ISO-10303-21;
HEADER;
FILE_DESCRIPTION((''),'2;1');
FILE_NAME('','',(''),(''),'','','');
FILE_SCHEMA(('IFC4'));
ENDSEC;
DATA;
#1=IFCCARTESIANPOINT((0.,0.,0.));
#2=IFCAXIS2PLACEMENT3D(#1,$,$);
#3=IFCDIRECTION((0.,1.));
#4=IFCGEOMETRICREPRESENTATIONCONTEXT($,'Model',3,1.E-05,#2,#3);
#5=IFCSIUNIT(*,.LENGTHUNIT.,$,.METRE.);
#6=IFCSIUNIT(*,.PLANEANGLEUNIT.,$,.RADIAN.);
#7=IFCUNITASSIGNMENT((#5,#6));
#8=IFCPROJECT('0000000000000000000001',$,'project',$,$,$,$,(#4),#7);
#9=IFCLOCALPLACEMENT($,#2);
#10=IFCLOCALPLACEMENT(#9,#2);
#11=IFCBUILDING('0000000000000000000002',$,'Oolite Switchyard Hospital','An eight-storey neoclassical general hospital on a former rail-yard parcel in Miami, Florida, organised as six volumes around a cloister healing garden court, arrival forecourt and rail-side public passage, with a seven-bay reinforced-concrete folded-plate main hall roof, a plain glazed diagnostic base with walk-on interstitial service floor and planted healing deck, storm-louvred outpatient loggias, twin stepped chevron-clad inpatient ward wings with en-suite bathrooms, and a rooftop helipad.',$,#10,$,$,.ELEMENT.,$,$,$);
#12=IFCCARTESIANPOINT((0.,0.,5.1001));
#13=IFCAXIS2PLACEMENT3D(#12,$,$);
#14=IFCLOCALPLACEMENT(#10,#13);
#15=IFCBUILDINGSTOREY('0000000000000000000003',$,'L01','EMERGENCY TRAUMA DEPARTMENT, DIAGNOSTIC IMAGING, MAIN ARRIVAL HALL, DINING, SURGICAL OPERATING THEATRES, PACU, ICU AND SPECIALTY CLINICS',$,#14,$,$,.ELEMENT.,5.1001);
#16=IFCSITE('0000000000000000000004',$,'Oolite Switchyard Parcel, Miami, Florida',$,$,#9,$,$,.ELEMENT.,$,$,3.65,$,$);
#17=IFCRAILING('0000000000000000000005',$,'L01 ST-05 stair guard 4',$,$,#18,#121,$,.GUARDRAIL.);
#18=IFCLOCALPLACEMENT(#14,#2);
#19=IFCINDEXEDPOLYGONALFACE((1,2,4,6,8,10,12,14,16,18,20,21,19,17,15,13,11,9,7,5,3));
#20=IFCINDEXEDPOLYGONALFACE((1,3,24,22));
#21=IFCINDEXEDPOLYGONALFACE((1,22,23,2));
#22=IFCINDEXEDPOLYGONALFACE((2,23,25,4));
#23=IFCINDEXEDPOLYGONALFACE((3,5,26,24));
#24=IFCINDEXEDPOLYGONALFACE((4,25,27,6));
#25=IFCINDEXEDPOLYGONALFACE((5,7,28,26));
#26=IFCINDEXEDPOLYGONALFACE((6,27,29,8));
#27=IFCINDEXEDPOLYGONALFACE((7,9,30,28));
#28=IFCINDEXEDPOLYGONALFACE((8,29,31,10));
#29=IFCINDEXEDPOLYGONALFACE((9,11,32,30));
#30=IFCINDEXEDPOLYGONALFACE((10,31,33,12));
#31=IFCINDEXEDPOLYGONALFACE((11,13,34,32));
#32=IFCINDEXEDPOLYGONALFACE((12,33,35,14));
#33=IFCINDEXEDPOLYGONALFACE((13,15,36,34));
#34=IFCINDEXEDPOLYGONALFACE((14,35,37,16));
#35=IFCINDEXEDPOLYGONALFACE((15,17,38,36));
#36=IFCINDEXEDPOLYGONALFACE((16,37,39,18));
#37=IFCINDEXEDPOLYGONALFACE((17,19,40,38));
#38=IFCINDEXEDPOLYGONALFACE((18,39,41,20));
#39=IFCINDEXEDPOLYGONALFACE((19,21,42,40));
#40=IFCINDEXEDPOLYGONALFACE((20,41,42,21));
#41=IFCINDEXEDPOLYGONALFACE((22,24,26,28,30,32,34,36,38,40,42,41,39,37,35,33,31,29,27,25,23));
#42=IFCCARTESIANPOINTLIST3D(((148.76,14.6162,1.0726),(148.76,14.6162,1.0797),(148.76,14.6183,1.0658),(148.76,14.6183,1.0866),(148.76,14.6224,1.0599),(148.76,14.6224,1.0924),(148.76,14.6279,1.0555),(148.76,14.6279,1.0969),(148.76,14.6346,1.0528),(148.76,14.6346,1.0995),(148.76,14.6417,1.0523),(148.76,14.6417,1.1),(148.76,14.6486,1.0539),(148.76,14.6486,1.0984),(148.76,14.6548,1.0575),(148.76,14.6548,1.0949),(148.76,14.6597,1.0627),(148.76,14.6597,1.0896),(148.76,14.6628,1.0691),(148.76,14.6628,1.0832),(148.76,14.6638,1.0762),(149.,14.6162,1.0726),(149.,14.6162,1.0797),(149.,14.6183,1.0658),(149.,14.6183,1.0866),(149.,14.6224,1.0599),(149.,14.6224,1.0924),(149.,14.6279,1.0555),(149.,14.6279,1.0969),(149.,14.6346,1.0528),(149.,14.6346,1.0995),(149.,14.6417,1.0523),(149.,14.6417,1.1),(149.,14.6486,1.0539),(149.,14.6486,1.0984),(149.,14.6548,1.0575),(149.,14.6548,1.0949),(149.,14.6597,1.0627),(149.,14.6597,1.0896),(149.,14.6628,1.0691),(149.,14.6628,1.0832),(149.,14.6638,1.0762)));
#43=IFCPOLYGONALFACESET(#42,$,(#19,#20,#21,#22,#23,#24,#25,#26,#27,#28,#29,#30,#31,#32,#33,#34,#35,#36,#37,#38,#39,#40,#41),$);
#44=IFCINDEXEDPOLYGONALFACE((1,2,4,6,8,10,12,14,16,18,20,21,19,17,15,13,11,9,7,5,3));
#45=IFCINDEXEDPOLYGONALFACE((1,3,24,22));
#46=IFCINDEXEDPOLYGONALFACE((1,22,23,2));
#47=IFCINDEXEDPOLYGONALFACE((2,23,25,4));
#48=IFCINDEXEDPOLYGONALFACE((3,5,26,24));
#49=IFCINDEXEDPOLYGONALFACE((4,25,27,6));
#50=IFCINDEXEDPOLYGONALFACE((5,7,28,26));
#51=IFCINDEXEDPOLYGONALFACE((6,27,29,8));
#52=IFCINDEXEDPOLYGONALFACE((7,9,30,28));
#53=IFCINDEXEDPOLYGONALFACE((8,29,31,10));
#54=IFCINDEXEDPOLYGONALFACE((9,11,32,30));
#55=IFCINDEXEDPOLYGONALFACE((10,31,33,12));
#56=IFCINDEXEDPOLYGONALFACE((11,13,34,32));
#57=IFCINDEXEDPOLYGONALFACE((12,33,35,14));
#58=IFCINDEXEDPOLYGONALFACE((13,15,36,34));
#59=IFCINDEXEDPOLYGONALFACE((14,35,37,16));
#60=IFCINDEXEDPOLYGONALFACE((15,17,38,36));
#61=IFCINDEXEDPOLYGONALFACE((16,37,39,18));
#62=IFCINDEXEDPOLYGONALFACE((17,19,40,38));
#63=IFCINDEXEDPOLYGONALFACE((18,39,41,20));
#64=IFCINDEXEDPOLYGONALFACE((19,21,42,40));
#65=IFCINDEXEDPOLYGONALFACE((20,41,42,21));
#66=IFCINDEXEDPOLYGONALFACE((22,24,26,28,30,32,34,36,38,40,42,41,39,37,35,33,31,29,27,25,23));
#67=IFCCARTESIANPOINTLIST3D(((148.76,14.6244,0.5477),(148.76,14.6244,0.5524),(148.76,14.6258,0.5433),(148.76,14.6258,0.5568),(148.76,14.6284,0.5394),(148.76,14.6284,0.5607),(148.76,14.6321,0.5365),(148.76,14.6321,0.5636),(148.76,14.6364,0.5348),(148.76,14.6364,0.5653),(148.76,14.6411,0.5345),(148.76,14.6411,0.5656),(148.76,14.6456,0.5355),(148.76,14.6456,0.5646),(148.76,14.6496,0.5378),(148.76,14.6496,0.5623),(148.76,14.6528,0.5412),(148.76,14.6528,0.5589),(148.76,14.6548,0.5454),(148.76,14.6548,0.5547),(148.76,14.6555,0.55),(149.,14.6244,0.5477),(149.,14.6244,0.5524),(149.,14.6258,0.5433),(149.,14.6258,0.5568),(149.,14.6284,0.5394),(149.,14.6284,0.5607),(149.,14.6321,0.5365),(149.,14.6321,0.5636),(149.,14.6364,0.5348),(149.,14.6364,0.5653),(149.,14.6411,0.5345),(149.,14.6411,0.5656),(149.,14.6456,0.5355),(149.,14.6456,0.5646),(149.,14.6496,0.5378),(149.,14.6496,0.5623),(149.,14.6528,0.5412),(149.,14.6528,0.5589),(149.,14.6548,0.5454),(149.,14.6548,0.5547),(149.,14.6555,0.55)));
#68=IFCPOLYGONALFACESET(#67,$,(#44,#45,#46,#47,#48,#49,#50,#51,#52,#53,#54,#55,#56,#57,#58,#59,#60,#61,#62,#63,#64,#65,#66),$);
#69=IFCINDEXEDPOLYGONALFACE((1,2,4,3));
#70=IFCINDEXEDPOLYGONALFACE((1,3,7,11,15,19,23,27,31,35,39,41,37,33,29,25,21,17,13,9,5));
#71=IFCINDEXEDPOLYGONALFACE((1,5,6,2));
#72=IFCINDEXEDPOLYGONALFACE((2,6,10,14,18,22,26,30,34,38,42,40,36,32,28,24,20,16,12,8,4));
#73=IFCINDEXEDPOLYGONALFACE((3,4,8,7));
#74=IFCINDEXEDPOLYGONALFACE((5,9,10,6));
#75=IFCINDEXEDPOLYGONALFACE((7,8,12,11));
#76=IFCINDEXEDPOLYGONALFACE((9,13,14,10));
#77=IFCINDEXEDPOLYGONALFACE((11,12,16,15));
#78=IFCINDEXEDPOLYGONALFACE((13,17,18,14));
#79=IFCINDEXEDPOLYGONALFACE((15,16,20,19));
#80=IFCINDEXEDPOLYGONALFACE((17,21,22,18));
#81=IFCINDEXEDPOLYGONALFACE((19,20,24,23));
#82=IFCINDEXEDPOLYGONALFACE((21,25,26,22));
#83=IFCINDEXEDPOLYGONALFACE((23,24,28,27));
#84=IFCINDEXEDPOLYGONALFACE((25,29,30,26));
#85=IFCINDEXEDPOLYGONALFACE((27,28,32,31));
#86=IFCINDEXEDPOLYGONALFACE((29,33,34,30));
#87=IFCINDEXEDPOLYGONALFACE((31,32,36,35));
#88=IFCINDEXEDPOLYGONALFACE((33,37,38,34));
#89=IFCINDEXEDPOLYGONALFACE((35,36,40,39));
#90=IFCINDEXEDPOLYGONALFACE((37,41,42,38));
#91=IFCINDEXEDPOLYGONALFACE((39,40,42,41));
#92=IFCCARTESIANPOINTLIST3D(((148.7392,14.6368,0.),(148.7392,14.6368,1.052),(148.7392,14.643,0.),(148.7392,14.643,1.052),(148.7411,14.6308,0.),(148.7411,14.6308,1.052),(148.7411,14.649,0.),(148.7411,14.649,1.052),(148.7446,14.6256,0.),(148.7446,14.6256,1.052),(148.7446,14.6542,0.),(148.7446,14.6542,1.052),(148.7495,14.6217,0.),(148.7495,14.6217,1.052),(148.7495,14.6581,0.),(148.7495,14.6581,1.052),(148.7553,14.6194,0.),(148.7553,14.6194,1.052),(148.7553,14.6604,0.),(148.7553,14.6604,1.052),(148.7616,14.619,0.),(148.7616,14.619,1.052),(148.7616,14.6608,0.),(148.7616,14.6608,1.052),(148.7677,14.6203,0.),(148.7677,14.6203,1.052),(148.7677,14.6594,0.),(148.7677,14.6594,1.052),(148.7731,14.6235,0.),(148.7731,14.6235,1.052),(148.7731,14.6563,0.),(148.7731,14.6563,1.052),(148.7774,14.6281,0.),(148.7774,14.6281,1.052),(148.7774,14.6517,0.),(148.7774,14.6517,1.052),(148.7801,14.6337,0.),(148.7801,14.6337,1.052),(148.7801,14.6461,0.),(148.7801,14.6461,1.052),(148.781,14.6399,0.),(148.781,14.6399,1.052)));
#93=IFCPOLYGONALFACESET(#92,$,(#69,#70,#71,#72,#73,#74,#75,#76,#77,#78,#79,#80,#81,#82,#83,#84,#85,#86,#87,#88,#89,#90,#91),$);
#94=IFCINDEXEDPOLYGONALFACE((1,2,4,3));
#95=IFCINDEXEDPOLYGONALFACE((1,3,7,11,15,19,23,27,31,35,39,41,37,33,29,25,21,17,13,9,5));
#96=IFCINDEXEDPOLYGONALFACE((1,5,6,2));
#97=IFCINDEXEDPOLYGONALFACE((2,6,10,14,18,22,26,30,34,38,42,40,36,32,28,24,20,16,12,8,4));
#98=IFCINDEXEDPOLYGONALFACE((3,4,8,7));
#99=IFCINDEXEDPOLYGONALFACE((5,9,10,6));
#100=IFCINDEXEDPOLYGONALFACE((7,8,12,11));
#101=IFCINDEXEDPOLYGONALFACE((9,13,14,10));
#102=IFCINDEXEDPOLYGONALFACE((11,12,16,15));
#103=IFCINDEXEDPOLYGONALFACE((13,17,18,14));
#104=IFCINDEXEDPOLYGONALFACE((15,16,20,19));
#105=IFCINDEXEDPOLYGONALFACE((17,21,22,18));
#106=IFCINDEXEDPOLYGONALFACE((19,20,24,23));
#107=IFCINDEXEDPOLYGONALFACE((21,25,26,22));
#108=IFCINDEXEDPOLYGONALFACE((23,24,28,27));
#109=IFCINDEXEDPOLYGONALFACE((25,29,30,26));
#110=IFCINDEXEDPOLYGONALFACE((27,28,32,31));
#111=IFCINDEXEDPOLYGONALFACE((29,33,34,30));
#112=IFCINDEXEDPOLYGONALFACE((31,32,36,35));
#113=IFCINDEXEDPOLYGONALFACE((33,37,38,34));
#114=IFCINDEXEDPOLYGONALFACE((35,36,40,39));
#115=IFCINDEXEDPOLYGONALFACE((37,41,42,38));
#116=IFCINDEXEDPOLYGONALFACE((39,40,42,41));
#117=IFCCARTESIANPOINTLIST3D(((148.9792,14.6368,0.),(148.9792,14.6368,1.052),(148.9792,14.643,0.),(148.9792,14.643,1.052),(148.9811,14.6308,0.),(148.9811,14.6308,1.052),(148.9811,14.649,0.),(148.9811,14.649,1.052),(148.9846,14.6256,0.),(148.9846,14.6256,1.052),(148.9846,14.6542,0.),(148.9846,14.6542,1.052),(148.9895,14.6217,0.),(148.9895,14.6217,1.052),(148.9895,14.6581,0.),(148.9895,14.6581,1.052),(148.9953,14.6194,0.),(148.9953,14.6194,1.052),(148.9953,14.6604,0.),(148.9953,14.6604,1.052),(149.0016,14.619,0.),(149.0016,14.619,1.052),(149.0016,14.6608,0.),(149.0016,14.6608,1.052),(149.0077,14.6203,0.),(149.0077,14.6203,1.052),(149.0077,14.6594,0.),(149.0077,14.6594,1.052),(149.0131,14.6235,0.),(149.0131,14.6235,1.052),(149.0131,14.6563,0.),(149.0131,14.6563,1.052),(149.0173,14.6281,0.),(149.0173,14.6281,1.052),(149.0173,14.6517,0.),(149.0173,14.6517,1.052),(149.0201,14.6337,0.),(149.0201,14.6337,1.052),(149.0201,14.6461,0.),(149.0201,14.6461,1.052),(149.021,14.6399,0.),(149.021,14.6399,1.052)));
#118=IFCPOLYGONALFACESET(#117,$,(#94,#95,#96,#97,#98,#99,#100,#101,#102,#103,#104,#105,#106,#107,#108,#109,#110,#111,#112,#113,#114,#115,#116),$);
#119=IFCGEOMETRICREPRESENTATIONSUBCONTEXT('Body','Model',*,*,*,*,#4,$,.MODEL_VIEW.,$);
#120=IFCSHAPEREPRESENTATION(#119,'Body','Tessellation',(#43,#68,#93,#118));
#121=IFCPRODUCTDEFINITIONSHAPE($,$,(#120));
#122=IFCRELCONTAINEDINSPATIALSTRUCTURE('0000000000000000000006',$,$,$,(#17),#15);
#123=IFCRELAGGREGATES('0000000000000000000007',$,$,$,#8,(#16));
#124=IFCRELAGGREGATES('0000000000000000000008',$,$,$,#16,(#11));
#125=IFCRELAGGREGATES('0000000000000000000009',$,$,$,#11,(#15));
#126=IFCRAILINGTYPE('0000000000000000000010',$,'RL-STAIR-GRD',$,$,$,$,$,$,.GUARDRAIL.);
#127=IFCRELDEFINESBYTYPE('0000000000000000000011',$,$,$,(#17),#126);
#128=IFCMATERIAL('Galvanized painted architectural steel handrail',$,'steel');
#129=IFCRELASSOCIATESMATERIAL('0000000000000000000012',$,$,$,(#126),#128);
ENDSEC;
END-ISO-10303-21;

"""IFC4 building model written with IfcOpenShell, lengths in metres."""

from ifc_helpers import new_model, si_unit, direction, frame, origin, origin_2d, place, context, subcontext, project, spatial, circle, extrude, material, type_object, element, save


model = new_model("IFC4")

# Units and contexts
model_context = context("Model", 3, precision=1e-05, world=origin(), true_north=direction((0.0, 1.0)))
body_context = subcontext(model_context, "Body", "Model", "MODEL_VIEW")
ifc_project = project(units=[si_unit("LENGTHUNIT", "METRE"), si_unit("PLANEANGLEUNIT", "RADIAN")], contexts=[model_context])

# Site, building, storey
site_placement = place(None, origin())
site = spatial("IfcSite", under=ifc_project, at=site_placement, Name="Oolite Switchyard Parcel, Miami, Florida", CompositionType="ELEMENT", RefElevation=3.65)
building_placement = place(site_placement, origin())
building = spatial("IfcBuilding", under=site, at=building_placement, Name="Oolite Switchyard Hospital", Description="An eight-storey neoclassical general hospital on a former rail-yard parcel in Miami, Florida, organised as six volumes around a cloister healing garden court, arrival forecourt and rail-side public passage, with a seven-bay reinforced-concrete folded-plate main hall roof, a plain glazed diagnostic base with walk-on interstitial service floor and planted healing deck, storm-louvred outpatient loggias, twin stepped chevron-clad inpatient ward wings with en-suite bathrooms, and a rooftop helipad.", CompositionType="ELEMENT")
storey_placement = place(building_placement, frame((0.0, 0.0, 5.1001)))
storey = spatial("IfcBuildingStorey", under=building, at=storey_placement, Name="L01", Description="EMERGENCY TRAUMA DEPARTMENT, DIAGNOSTIC IMAGING, MAIN ARRIVAL HALL, DINING, SURGICAL OPERATING THEATRES, PACU, ICU AND SPECIALTY CLINICS", CompositionType="ELEMENT", Elevation=5.1001)

# Railing
ifc_material_1 = material(Name="Galvanized painted architectural steel handrail", Category="steel")
railing_type_1 = type_object("IfcRailingType", Name="RL-STAIR-GRD", PredefinedType="GUARDRAIL", material=ifc_material_1)
railing_1_placement = place(storey_placement, frame((148.76, 14.6399, 0.0)))
element("IfcRailing", 1, at=railing_1_placement, inside=storey, type_object=railing_type_1, Name="L01 ST-05 stair guard 4", PredefinedType="GUARDRAIL", context=body_context, shape_type="SweptSolid", body=[
    extrude(circle(Radius=0.0239, at=origin_2d()), frame((0.0, 0.0, 1.0762), z_axis=(1.0, 0.0, 0.0), x_axis=(0.0, 1.0, 0.0)), (0.0, 0.0, 1.0), 0.24),
    extrude(circle(Radius=0.0156, at=origin_2d()), frame((0.0, 0.0, 0.55), z_axis=(1.0, 0.0, 0.0), x_axis=(0.0, 1.0, 0.0)), (0.0, 0.0, 1.0), 0.24),
    extrude(circle(Radius=0.021, at=origin_2d()), origin(), (0.0, 0.0, 1.0), 1.052),
    extrude(circle(Radius=0.021, at=origin_2d()), frame((0.24, 0.0, 0.0)), (0.0, 0.0, 1.0), 1.052),
])

save(model, "model.ifc")
